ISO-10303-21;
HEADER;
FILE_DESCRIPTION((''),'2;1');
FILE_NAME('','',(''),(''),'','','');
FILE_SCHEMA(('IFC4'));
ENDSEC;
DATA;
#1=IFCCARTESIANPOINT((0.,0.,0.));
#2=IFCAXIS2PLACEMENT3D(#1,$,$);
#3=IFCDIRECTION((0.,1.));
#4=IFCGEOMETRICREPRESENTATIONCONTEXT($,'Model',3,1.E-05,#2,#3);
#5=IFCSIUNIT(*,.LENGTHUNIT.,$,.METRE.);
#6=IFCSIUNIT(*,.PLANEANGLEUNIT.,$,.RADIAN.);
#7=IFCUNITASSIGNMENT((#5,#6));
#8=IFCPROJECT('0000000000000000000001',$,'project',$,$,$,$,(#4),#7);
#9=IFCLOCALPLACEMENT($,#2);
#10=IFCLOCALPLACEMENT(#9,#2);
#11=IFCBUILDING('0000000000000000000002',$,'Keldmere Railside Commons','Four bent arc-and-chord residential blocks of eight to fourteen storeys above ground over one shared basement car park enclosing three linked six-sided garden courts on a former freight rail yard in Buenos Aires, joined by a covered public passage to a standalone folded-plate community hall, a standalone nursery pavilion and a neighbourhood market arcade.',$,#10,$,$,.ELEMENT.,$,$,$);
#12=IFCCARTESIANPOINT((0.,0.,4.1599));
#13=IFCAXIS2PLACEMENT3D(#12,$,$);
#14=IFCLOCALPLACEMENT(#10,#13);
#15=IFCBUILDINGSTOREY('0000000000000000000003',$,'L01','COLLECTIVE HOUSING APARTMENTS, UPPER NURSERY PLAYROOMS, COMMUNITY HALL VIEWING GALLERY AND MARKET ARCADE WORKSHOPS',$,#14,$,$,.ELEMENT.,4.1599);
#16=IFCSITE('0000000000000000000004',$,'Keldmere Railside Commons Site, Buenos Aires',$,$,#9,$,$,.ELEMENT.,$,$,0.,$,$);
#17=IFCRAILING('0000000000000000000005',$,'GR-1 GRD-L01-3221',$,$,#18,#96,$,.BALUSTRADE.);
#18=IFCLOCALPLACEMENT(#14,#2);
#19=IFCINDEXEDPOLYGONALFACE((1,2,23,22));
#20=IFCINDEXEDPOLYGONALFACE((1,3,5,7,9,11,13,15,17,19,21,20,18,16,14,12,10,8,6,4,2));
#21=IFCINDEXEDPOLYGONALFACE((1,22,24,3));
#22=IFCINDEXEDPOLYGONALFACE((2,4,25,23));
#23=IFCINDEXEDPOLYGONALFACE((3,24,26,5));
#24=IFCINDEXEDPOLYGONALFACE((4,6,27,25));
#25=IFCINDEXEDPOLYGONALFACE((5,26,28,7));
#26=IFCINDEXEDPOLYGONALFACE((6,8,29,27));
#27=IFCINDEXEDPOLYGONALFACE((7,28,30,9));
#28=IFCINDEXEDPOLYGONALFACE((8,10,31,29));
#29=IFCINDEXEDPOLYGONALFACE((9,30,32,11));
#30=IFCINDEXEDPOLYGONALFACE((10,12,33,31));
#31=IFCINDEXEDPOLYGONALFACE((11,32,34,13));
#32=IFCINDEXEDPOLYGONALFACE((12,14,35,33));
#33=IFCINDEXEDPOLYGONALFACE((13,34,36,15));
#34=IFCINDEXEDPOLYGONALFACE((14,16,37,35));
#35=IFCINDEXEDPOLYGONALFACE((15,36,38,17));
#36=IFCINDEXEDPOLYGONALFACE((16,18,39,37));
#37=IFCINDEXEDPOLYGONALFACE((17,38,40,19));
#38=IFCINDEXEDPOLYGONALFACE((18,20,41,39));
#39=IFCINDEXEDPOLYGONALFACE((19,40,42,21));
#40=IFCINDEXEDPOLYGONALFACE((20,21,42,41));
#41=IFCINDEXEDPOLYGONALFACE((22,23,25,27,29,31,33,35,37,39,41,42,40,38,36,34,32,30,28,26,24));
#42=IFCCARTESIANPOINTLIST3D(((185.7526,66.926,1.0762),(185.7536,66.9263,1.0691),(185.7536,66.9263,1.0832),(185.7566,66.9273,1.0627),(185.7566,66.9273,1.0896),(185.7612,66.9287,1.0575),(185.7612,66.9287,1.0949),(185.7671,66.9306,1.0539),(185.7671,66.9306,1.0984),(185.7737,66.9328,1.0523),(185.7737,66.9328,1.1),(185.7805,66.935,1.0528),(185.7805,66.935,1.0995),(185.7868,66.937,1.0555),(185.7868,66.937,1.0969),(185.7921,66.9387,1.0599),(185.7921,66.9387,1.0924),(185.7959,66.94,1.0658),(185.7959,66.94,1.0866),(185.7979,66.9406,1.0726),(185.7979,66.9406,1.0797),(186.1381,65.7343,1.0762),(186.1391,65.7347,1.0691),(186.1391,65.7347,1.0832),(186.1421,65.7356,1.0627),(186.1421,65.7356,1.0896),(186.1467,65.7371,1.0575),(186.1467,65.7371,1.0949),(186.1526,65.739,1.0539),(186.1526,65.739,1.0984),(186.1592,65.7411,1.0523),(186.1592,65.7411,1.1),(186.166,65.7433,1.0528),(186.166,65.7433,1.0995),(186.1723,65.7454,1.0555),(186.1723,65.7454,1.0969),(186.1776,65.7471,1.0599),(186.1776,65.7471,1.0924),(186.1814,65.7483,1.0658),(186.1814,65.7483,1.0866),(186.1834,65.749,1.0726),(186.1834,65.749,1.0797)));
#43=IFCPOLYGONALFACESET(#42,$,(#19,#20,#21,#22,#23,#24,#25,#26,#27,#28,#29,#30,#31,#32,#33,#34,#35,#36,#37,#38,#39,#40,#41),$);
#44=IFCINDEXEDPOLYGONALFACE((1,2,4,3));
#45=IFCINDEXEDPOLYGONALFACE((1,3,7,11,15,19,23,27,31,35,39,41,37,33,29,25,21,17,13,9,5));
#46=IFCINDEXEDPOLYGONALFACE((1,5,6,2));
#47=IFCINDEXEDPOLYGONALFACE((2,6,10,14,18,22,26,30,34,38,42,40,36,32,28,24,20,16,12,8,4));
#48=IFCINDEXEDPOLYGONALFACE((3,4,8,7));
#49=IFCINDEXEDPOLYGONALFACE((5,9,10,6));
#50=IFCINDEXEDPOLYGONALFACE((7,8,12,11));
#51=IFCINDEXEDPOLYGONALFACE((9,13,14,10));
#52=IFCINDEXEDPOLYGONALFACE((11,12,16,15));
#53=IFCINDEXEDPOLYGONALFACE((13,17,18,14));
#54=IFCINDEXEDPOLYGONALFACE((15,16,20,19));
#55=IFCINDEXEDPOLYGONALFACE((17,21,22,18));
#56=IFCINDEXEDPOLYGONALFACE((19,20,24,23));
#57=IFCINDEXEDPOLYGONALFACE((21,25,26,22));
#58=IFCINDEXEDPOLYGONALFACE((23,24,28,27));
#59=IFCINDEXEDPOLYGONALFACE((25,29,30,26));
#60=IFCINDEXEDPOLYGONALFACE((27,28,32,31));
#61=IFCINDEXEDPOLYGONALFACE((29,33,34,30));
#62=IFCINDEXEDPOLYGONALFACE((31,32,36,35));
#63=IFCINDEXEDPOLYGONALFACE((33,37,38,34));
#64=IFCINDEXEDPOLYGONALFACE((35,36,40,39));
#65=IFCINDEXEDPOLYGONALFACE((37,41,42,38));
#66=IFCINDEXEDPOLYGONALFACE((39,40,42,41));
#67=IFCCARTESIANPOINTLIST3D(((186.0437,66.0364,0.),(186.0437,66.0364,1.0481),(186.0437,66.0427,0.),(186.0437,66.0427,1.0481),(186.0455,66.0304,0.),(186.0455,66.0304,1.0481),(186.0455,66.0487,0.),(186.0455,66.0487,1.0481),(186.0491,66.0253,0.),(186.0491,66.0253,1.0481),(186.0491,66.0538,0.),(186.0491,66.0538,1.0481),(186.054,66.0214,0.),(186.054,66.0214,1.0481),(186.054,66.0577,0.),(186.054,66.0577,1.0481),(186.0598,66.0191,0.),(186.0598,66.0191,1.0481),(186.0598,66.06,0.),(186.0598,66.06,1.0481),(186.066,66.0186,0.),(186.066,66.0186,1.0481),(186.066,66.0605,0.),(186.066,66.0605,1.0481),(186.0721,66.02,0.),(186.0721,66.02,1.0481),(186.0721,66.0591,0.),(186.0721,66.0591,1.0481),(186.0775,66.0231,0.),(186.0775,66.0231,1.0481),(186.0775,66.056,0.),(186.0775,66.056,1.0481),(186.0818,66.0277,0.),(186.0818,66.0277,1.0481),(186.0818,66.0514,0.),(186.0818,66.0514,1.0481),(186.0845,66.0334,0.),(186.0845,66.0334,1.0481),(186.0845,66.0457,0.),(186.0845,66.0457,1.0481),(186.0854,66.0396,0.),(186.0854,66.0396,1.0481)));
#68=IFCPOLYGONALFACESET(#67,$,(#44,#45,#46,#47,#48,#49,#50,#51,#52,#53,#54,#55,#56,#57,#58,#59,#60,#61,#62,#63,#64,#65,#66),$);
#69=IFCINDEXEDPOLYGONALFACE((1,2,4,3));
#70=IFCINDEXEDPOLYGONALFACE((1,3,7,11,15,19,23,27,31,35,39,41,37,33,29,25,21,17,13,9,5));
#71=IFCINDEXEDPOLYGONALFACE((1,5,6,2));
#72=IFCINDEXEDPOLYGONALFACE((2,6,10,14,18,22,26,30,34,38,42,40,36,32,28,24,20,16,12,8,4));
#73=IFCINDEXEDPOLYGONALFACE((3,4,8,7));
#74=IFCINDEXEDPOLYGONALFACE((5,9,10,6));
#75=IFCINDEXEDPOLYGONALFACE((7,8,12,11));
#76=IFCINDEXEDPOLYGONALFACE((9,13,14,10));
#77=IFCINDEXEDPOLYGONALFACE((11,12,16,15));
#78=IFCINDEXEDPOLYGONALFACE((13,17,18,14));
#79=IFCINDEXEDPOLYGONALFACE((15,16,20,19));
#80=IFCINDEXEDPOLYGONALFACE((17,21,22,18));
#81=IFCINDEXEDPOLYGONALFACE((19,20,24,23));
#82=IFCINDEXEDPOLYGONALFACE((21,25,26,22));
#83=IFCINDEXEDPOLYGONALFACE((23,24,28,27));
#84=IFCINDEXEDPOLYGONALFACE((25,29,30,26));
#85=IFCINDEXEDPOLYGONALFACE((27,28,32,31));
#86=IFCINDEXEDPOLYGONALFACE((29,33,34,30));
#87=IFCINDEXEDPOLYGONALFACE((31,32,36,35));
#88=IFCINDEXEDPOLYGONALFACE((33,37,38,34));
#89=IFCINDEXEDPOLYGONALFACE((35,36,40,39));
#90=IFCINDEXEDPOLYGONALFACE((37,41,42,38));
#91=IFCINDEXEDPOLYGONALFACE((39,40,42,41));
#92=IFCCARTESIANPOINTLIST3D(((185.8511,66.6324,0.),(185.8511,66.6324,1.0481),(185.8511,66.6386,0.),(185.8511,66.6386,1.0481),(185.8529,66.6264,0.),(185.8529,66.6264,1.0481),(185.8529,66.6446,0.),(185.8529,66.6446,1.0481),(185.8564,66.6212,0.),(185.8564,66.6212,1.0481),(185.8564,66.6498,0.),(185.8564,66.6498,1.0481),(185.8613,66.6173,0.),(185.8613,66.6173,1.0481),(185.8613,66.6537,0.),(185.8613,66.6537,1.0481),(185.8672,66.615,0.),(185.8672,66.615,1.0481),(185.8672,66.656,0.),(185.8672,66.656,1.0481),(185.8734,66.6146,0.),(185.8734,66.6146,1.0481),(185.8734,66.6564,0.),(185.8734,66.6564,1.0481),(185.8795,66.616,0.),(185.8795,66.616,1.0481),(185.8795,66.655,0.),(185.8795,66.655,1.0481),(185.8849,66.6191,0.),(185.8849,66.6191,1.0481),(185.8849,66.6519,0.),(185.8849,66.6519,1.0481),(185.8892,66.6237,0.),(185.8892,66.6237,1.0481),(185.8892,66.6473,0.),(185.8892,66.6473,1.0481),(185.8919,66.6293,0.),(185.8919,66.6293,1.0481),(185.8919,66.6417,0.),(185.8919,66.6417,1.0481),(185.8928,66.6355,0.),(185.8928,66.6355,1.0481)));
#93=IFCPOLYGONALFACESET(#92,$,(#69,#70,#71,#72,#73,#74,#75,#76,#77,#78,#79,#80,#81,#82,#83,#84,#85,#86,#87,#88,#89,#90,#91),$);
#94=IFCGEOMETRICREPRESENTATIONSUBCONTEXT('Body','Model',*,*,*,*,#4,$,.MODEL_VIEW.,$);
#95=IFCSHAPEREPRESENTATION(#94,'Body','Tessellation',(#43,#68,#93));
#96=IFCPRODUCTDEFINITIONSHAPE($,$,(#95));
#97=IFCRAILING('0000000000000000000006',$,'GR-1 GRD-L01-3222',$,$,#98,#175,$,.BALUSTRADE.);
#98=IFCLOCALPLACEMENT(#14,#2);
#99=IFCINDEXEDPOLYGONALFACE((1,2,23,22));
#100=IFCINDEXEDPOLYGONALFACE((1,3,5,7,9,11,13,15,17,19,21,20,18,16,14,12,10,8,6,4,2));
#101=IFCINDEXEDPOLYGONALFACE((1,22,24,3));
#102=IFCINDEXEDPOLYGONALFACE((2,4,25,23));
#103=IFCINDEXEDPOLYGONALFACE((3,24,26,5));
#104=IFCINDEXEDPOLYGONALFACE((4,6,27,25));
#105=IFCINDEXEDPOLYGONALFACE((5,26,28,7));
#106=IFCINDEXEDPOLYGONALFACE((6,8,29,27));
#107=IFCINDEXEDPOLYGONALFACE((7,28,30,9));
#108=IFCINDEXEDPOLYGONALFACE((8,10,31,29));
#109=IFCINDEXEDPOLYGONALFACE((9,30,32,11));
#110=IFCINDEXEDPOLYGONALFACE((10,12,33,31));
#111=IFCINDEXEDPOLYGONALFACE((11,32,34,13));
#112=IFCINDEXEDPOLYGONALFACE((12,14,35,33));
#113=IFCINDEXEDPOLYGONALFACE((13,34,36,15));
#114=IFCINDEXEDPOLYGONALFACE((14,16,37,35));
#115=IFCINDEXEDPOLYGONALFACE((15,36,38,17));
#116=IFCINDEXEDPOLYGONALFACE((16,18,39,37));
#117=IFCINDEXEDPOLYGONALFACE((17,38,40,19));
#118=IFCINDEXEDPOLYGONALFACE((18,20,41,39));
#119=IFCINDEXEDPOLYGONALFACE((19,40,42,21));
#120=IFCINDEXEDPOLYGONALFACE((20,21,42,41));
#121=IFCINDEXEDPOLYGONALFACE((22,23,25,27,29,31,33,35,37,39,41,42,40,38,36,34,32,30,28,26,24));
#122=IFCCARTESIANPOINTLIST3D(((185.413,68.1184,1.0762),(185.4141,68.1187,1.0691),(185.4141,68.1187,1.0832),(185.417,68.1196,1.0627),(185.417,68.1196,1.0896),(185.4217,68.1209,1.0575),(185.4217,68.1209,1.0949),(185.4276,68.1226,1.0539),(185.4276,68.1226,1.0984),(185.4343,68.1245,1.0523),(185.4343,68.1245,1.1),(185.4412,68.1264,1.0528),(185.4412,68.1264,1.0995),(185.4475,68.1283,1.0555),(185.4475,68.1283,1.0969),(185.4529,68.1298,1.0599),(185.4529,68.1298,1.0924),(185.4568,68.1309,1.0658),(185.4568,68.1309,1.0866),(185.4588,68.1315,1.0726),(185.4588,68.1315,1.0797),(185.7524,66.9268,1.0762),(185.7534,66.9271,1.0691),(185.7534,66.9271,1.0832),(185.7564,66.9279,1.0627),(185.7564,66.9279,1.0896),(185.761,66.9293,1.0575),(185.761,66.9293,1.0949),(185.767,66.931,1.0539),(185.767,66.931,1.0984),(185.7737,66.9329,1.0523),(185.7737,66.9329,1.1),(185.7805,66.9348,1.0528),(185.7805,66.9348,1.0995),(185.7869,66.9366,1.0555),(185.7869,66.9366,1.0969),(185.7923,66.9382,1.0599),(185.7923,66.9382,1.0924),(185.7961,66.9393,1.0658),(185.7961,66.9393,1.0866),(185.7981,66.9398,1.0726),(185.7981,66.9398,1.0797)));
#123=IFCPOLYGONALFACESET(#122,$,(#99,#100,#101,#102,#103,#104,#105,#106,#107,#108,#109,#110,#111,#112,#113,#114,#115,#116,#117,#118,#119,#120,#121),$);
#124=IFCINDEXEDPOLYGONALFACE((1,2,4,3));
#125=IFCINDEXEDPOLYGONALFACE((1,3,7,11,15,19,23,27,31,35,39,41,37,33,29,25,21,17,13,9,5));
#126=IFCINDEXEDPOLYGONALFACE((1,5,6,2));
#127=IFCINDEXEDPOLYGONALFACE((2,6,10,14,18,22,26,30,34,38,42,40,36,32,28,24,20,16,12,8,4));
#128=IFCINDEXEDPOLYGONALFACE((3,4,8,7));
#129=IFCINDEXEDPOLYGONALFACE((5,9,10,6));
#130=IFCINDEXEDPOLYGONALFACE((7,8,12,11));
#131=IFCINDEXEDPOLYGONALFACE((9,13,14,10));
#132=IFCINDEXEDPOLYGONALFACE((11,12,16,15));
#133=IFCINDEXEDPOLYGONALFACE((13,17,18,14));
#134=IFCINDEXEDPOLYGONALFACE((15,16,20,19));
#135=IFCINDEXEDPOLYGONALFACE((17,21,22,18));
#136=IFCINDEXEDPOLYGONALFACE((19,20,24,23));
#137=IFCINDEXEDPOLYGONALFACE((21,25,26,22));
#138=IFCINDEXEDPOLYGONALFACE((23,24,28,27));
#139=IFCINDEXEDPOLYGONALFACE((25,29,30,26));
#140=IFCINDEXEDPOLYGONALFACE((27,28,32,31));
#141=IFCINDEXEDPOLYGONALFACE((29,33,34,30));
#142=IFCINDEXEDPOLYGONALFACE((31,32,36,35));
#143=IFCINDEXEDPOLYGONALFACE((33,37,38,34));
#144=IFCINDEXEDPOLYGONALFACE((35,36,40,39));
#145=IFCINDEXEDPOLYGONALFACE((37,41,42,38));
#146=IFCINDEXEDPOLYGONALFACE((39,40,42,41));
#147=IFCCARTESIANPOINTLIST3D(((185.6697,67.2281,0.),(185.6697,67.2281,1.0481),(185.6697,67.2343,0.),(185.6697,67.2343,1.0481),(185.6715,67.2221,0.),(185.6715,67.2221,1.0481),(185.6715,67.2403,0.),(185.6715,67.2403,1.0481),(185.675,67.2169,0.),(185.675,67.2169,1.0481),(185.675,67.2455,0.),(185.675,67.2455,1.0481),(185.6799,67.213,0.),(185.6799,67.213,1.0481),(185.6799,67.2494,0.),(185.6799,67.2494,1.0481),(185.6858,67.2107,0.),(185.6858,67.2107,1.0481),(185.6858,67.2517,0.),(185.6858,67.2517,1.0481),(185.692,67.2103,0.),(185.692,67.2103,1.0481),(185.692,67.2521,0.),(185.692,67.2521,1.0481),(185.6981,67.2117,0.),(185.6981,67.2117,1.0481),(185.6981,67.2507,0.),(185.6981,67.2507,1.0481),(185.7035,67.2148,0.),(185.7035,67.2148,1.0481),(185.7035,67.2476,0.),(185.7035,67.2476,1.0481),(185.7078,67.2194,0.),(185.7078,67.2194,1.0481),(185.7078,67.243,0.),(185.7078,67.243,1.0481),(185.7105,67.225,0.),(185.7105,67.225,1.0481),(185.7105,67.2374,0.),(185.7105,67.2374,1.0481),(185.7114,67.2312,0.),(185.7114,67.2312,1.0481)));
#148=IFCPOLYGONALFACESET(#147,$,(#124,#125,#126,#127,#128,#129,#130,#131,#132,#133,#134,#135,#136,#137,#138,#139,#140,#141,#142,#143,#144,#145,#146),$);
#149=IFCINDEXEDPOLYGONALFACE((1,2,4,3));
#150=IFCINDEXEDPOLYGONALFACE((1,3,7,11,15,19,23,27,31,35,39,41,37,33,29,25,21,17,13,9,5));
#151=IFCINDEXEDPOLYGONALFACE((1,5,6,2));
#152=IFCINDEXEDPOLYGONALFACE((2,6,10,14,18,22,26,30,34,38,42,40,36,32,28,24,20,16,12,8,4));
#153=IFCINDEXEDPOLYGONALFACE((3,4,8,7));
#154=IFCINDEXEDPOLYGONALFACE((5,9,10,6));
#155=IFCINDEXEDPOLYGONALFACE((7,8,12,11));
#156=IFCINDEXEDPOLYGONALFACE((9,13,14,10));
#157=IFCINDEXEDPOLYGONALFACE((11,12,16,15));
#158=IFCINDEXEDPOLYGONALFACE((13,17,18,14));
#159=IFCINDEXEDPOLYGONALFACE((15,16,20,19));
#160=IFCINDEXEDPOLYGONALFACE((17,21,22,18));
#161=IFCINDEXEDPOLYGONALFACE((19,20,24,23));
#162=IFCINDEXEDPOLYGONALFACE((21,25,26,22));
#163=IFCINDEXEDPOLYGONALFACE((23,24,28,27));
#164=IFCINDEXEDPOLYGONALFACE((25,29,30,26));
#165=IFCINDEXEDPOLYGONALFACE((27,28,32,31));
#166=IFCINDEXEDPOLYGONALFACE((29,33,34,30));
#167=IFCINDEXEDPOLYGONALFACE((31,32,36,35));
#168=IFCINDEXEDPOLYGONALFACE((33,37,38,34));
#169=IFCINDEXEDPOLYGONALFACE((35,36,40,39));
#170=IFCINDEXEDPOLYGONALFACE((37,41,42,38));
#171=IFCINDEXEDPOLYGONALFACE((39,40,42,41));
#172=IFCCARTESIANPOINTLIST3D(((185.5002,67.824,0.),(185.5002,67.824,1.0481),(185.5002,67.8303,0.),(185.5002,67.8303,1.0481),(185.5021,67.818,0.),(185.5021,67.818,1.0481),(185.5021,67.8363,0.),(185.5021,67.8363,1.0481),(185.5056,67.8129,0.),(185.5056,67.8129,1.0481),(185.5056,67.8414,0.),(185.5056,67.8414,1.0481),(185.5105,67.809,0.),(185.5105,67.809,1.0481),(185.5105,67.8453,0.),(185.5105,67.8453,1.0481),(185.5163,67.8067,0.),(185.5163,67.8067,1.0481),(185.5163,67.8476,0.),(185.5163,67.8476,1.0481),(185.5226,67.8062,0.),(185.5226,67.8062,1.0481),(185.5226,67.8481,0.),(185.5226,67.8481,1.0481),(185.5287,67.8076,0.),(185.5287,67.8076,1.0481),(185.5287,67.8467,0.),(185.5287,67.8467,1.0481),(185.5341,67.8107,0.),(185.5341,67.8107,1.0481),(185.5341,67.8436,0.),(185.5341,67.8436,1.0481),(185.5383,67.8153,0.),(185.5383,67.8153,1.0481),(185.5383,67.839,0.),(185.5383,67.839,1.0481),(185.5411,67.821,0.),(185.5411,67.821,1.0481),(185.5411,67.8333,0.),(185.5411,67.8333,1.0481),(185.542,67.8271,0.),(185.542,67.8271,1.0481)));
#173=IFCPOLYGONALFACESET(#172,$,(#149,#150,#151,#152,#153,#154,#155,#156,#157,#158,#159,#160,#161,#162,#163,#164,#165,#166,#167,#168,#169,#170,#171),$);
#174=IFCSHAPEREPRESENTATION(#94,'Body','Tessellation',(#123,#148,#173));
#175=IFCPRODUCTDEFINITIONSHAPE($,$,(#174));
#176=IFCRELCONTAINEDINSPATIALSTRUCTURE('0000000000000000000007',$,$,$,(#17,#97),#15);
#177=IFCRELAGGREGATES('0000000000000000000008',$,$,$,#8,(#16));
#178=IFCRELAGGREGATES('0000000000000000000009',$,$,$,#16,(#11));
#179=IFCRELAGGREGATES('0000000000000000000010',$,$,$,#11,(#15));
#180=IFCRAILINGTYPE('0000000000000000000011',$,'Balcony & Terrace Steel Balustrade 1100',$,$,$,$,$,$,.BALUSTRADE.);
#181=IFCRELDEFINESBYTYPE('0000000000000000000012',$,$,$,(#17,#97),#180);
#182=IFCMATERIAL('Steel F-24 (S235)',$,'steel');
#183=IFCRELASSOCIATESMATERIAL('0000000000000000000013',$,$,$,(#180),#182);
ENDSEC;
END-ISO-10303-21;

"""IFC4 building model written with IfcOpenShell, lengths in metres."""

from ifc_helpers import new_model, si_unit, direction, frame, origin, origin_2d, place, context, subcontext, project, spatial, circle, extrude, material, type_object, element, save


model = new_model("IFC4")

# Units and contexts
model_context = context("Model", 3, precision=1e-05, world=origin(), true_north=direction((0.0, 1.0)))
body_context = subcontext(model_context, "Body", "Model", "MODEL_VIEW")
ifc_project = project(units=[si_unit("LENGTHUNIT", "METRE"), si_unit("PLANEANGLEUNIT", "RADIAN")], contexts=[model_context])

# Site, building, storey
site_placement = place(None, origin())
site = spatial("IfcSite", under=ifc_project, at=site_placement, Name="Keldmere Railside Commons Site, Buenos Aires", CompositionType="ELEMENT", RefElevation=0.0)
building_placement = place(site_placement, origin())
building = spatial("IfcBuilding", under=site, at=building_placement, Name="Keldmere Railside Commons", Description="Four bent arc-and-chord residential blocks of eight to fourteen storeys above ground over one shared basement car park enclosing three linked six-sided garden courts on a former freight rail yard in Buenos Aires, joined by a covered public passage to a standalone folded-plate community hall, a standalone nursery pavilion and a neighbourhood market arcade.", CompositionType="ELEMENT")
storey_placement = place(building_placement, frame((0.0, 0.0, 4.1599)))
storey = spatial("IfcBuildingStorey", under=building, at=storey_placement, Name="L01", Description="COLLECTIVE HOUSING APARTMENTS, UPPER NURSERY PLAYROOMS, COMMUNITY HALL VIEWING GALLERY AND MARKET ARCADE WORKSHOPS", CompositionType="ELEMENT", Elevation=4.1599)

# Railings
ifc_material_1 = material(Name="Steel F-24 (S235)", Category="steel")
railing_type_1 = type_object("IfcRailingType", Name="Balcony & Terrace Steel Balustrade 1100", PredefinedType="BALUSTRADE", material=ifc_material_1)
railing_1_placement = place(storey_placement, frame((186.1609, 65.7417, 0.0)))
element("IfcRailing", 1, at=railing_1_placement, inside=storey, type_object=railing_type_1, Name="GR-1 GRD-L01-3221", PredefinedType="BALUSTRADE", context=body_context, shape_type="SweptSolid", body=[
    extrude(circle(Radius=0.0239, at=origin_2d()), frame((0.0, 0.0, 1.0762), z_axis=(-0.307794, 0.951453, 0.0), x_axis=(-0.951453, -0.307794, 0.0)), (0.0, 0.0, 1.0), 1.2524),
    extrude(circle(Radius=0.021, at=origin_2d()), frame((-0.0964, 0.2979, 0.0)), (0.0, 0.0, 1.0), 1.0481),
    extrude(circle(Radius=0.021, at=origin_2d()), frame((-0.2891, 0.8938, 0.0)), (0.0, 0.0, 1.0), 1.0481),
])
railing_2_placement = place(storey_placement, frame((185.7754, 66.9333, 0.0)))
element("IfcRailing", 2, at=railing_2_placement, inside=storey, type_object=railing_type_1, Name="GR-1 GRD-L01-3222", PredefinedType="BALUSTRADE", context=body_context, shape_type="SweptSolid", body=[
    extrude(circle(Radius=0.0239, at=origin_2d()), frame((0.0, 0.0, 1.0762), z_axis=(-0.273888, 0.961762, 0.0), x_axis=(-0.961762, -0.273888, 0.0)), (0.0, 0.0, 1.0), 1.239),
    extrude(circle(Radius=0.021, at=origin_2d()), frame((-0.085, 0.2979, 0.0)), (0.0, 0.0, 1.0), 1.0481),
    extrude(circle(Radius=0.021, at=origin_2d()), frame((-0.2544, 0.8938, 0.0)), (0.0, 0.0, 1.0), 1.0481),
])

save(model, "model.ifc")
